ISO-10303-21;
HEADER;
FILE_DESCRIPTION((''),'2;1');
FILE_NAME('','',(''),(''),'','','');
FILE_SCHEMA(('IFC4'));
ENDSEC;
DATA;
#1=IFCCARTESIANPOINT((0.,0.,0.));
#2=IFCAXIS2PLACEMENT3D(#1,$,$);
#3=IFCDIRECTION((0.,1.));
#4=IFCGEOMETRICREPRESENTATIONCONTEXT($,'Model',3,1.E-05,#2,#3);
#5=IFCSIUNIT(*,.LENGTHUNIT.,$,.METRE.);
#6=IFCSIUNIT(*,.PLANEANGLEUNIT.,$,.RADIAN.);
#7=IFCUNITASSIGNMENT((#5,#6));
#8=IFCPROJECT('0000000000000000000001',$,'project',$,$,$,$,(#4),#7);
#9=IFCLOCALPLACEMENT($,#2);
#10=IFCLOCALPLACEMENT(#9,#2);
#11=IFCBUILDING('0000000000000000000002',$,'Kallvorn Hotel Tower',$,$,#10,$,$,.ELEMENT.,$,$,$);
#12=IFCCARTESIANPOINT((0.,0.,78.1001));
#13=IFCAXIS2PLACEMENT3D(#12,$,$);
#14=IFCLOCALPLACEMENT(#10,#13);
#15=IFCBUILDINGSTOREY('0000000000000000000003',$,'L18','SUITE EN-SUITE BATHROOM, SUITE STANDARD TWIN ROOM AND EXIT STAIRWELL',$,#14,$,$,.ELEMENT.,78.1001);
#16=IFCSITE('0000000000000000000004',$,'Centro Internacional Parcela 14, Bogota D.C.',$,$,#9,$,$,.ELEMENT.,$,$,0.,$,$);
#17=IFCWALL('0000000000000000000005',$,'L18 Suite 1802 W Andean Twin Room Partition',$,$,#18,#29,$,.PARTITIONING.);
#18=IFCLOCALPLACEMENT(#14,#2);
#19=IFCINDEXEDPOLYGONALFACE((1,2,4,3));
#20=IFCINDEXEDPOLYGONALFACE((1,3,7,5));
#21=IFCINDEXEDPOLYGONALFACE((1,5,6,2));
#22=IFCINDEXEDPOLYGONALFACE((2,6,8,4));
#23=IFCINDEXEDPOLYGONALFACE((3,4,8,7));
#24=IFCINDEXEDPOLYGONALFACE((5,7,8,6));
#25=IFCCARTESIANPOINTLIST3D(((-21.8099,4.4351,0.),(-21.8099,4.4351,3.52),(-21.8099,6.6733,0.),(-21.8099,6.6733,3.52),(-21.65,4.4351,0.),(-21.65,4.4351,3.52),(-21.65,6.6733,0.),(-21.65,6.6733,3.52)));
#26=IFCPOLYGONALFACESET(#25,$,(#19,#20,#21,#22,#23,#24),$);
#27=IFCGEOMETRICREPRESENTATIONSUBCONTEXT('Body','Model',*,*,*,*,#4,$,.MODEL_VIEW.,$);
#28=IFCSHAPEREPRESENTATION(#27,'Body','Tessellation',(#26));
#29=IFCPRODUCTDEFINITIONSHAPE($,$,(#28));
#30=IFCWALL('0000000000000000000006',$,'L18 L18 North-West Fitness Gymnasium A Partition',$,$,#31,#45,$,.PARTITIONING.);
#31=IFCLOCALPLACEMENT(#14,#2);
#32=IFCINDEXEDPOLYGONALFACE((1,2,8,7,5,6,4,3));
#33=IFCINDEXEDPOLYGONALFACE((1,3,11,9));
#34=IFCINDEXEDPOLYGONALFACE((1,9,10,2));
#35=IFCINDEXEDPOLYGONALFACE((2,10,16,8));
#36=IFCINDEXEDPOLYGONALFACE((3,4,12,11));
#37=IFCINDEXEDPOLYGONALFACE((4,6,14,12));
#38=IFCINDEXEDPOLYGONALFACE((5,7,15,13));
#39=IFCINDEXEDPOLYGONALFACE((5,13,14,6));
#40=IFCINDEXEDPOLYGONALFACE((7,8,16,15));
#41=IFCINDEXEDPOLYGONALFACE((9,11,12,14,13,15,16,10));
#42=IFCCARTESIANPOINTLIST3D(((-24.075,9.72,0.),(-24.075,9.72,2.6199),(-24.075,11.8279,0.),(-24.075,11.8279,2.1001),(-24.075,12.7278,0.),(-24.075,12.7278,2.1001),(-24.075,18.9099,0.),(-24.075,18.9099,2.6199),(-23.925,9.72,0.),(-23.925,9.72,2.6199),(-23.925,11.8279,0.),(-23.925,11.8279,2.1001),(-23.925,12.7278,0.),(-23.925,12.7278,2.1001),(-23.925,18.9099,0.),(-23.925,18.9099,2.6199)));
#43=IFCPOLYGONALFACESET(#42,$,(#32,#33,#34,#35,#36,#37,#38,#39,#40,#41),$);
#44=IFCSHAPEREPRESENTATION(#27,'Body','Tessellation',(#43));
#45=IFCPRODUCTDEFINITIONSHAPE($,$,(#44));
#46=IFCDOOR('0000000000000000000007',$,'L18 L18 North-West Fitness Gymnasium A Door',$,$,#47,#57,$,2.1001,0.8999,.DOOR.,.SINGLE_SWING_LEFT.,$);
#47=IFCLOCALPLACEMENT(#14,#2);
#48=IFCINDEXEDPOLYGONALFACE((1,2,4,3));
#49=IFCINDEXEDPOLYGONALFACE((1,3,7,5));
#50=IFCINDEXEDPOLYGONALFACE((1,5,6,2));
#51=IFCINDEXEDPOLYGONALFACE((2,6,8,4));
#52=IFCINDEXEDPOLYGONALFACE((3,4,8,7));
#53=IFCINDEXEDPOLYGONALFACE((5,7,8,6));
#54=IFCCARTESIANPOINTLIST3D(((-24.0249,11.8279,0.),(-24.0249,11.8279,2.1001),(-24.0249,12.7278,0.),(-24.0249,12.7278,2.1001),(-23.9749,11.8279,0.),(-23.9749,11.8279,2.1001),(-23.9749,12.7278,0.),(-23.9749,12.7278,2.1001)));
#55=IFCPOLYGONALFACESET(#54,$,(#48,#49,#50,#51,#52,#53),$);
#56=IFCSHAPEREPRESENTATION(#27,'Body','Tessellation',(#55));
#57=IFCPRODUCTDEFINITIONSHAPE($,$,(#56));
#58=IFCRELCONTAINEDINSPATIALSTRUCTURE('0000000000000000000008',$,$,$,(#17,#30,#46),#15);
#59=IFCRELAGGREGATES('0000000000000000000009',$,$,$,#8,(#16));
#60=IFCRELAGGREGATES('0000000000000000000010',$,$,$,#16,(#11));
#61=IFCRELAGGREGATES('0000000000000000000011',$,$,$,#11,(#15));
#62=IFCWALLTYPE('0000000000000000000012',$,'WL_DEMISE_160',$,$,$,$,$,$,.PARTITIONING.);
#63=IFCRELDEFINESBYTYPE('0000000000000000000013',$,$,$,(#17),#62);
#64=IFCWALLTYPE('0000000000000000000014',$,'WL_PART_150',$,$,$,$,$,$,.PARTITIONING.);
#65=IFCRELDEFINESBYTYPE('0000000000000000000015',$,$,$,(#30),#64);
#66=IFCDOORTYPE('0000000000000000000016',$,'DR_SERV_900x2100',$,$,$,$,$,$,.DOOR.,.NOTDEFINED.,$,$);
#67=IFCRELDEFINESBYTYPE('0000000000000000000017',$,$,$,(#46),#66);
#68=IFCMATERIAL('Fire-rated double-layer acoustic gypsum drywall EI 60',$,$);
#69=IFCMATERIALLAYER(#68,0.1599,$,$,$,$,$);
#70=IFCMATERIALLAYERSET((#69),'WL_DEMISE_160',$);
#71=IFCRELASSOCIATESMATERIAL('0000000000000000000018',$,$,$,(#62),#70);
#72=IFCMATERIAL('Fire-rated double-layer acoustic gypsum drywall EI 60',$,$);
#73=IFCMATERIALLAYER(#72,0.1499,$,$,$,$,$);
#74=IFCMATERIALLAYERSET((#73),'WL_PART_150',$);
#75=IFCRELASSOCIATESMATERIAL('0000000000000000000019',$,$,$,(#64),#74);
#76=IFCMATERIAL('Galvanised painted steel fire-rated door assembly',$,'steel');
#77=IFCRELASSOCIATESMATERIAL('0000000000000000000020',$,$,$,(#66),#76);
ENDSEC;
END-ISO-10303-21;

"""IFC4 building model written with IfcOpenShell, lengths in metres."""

from ifc_helpers import new_model, si_unit, direction, frame, frame_2d, origin, place, context, subcontext, project, spatial, rectangle, extrude, material, layer, layer_set, type_object, element, fill, save


model = new_model("IFC4")

# Units and contexts
model_context = context("Model", 3, precision=1e-05, world=origin(), true_north=direction((0.0, 1.0)))
body_context = subcontext(model_context, "Body", "Model", "MODEL_VIEW")
ifc_project = project(units=[si_unit("LENGTHUNIT", "METRE"), si_unit("PLANEANGLEUNIT", "RADIAN")], contexts=[model_context])

# Site, building, storey
site_placement = place(None, origin())
site = spatial("IfcSite", under=ifc_project, at=site_placement, Name="Centro Internacional Parcela 14, Bogota D.C.", CompositionType="ELEMENT", RefElevation=0.0)
building_placement = place(site_placement, origin())
building = spatial("IfcBuilding", under=site, at=building_placement, Name="Kallvorn Hotel Tower", CompositionType="ELEMENT")
storey_placement = place(building_placement, frame((0.0, 0.0, 78.1001)))
storey = spatial("IfcBuildingStorey", under=building, at=storey_placement, Name="L18", Description="SUITE EN-SUITE BATHROOM, SUITE STANDARD TWIN ROOM AND EXIT STAIRWELL", CompositionType="ELEMENT", Elevation=78.1001)

# Shared definitions
ifc_material_1 = material(Name="Fire-rated double-layer acoustic gypsum drywall EI 60")
ifc_layer_1 = layer(ifc_material_1, 0.1599)
ifc_layer_set_1 = layer_set([ifc_layer_1], Name="WL_DEMISE_160")
wall_type_1 = type_object("IfcWallType", Name="WL_DEMISE_160", PredefinedType="PARTITIONING", material=ifc_layer_set_1)

# Wall
wall_1_placement = place(storey_placement, frame((-21.73, 4.4351, 0.0), z_axis=(0.0, 0.0, 1.0), x_axis=(0.0, 1.0, 0.0)))
element("IfcWall", 1, at=wall_1_placement, inside=storey, type_object=wall_type_1, Name="L18 Suite 1802 W Andean Twin Room Partition", PredefinedType="PARTITIONING", context=body_context, shape_type="SweptSolid", body=[
    extrude(rectangle(XDim=2.2383, YDim=0.1599, at=frame_2d((1.1191, 0.0))), origin(), (0.0, 0.0, 1.0), 3.52),
])

# Wall, opening, door
ifc_material_2 = material(Name="Fire-rated double-layer acoustic gypsum drywall EI 60")
ifc_layer_2 = layer(ifc_material_2, 0.1499)
ifc_layer_set_2 = layer_set([ifc_layer_2], Name="WL_PART_150")
wall_type_2 = type_object("IfcWallType", Name="WL_PART_150", PredefinedType="PARTITIONING", material=ifc_layer_set_2)
wall_2_placement = place(storey_placement, frame((-24.0, 9.72, 0.0), z_axis=(0.0, 0.0, 1.0), x_axis=(0.0, 1.0, 0.0)))
wall_2 = element("IfcWall", 2, at=wall_2_placement, inside=storey, type_object=wall_type_2, Name="L18 L18 North-West Fitness Gymnasium A Partition", PredefinedType="PARTITIONING", context=body_context, shape_type="SweptSolid", body=[
    extrude(rectangle(XDim=9.1899, YDim=0.1499, at=frame_2d((4.595, 0.0))), origin(), (0.0, 0.0, 1.0), 2.6199),
])
opening_1_placement = place(wall_2_placement, frame((2.1079, 0.0, 0.0)))
opening_1 = element("IfcOpeningElement", 3, at=opening_1_placement, cuts=wall_2, PredefinedType="OPENING", context=body_context, shape_type="SweptSolid", body=[
    extrude(rectangle(XDim=0.8999, YDim=2.1001, at=frame_2d((0.45, 1.05))), frame((0.0, 0.0898, 0.0), z_axis=(0.0, -1.0, 0.0), x_axis=(1.0, 0.0, 0.0)), (0.0, 0.0, 1.0), 0.1799),
])
ifc_material_3 = material(Name="Galvanised painted steel fire-rated door assembly", Category="steel")
door_type_1 = type_object("IfcDoorType", Name="DR_SERV_900x2100", OperationType="NOTDEFINED", PredefinedType="DOOR", material=ifc_material_3)
door_1_placement = place(opening_1_placement, origin())
door_1 = element("IfcDoor", 4, at=door_1_placement, inside=storey, type_object=door_type_1, Name="L18 L18 North-West Fitness Gymnasium A Door", OperationType="SINGLE_SWING_LEFT", OverallHeight=2.1001, OverallWidth=0.8999, PredefinedType="DOOR", context=body_context, shape_type="SweptSolid", body=[
    extrude(rectangle(XDim=0.8999, YDim=2.1001, at=frame_2d((0.45, 1.05))), frame((0.0, 0.0249, 0.0), z_axis=(0.0, -1.0, 0.0), x_axis=(1.0, 0.0, 0.0)), (0.0, 0.0, 1.0), 0.05),
])
fill(opening_1, door_1)

save(model, "model.ifc")
